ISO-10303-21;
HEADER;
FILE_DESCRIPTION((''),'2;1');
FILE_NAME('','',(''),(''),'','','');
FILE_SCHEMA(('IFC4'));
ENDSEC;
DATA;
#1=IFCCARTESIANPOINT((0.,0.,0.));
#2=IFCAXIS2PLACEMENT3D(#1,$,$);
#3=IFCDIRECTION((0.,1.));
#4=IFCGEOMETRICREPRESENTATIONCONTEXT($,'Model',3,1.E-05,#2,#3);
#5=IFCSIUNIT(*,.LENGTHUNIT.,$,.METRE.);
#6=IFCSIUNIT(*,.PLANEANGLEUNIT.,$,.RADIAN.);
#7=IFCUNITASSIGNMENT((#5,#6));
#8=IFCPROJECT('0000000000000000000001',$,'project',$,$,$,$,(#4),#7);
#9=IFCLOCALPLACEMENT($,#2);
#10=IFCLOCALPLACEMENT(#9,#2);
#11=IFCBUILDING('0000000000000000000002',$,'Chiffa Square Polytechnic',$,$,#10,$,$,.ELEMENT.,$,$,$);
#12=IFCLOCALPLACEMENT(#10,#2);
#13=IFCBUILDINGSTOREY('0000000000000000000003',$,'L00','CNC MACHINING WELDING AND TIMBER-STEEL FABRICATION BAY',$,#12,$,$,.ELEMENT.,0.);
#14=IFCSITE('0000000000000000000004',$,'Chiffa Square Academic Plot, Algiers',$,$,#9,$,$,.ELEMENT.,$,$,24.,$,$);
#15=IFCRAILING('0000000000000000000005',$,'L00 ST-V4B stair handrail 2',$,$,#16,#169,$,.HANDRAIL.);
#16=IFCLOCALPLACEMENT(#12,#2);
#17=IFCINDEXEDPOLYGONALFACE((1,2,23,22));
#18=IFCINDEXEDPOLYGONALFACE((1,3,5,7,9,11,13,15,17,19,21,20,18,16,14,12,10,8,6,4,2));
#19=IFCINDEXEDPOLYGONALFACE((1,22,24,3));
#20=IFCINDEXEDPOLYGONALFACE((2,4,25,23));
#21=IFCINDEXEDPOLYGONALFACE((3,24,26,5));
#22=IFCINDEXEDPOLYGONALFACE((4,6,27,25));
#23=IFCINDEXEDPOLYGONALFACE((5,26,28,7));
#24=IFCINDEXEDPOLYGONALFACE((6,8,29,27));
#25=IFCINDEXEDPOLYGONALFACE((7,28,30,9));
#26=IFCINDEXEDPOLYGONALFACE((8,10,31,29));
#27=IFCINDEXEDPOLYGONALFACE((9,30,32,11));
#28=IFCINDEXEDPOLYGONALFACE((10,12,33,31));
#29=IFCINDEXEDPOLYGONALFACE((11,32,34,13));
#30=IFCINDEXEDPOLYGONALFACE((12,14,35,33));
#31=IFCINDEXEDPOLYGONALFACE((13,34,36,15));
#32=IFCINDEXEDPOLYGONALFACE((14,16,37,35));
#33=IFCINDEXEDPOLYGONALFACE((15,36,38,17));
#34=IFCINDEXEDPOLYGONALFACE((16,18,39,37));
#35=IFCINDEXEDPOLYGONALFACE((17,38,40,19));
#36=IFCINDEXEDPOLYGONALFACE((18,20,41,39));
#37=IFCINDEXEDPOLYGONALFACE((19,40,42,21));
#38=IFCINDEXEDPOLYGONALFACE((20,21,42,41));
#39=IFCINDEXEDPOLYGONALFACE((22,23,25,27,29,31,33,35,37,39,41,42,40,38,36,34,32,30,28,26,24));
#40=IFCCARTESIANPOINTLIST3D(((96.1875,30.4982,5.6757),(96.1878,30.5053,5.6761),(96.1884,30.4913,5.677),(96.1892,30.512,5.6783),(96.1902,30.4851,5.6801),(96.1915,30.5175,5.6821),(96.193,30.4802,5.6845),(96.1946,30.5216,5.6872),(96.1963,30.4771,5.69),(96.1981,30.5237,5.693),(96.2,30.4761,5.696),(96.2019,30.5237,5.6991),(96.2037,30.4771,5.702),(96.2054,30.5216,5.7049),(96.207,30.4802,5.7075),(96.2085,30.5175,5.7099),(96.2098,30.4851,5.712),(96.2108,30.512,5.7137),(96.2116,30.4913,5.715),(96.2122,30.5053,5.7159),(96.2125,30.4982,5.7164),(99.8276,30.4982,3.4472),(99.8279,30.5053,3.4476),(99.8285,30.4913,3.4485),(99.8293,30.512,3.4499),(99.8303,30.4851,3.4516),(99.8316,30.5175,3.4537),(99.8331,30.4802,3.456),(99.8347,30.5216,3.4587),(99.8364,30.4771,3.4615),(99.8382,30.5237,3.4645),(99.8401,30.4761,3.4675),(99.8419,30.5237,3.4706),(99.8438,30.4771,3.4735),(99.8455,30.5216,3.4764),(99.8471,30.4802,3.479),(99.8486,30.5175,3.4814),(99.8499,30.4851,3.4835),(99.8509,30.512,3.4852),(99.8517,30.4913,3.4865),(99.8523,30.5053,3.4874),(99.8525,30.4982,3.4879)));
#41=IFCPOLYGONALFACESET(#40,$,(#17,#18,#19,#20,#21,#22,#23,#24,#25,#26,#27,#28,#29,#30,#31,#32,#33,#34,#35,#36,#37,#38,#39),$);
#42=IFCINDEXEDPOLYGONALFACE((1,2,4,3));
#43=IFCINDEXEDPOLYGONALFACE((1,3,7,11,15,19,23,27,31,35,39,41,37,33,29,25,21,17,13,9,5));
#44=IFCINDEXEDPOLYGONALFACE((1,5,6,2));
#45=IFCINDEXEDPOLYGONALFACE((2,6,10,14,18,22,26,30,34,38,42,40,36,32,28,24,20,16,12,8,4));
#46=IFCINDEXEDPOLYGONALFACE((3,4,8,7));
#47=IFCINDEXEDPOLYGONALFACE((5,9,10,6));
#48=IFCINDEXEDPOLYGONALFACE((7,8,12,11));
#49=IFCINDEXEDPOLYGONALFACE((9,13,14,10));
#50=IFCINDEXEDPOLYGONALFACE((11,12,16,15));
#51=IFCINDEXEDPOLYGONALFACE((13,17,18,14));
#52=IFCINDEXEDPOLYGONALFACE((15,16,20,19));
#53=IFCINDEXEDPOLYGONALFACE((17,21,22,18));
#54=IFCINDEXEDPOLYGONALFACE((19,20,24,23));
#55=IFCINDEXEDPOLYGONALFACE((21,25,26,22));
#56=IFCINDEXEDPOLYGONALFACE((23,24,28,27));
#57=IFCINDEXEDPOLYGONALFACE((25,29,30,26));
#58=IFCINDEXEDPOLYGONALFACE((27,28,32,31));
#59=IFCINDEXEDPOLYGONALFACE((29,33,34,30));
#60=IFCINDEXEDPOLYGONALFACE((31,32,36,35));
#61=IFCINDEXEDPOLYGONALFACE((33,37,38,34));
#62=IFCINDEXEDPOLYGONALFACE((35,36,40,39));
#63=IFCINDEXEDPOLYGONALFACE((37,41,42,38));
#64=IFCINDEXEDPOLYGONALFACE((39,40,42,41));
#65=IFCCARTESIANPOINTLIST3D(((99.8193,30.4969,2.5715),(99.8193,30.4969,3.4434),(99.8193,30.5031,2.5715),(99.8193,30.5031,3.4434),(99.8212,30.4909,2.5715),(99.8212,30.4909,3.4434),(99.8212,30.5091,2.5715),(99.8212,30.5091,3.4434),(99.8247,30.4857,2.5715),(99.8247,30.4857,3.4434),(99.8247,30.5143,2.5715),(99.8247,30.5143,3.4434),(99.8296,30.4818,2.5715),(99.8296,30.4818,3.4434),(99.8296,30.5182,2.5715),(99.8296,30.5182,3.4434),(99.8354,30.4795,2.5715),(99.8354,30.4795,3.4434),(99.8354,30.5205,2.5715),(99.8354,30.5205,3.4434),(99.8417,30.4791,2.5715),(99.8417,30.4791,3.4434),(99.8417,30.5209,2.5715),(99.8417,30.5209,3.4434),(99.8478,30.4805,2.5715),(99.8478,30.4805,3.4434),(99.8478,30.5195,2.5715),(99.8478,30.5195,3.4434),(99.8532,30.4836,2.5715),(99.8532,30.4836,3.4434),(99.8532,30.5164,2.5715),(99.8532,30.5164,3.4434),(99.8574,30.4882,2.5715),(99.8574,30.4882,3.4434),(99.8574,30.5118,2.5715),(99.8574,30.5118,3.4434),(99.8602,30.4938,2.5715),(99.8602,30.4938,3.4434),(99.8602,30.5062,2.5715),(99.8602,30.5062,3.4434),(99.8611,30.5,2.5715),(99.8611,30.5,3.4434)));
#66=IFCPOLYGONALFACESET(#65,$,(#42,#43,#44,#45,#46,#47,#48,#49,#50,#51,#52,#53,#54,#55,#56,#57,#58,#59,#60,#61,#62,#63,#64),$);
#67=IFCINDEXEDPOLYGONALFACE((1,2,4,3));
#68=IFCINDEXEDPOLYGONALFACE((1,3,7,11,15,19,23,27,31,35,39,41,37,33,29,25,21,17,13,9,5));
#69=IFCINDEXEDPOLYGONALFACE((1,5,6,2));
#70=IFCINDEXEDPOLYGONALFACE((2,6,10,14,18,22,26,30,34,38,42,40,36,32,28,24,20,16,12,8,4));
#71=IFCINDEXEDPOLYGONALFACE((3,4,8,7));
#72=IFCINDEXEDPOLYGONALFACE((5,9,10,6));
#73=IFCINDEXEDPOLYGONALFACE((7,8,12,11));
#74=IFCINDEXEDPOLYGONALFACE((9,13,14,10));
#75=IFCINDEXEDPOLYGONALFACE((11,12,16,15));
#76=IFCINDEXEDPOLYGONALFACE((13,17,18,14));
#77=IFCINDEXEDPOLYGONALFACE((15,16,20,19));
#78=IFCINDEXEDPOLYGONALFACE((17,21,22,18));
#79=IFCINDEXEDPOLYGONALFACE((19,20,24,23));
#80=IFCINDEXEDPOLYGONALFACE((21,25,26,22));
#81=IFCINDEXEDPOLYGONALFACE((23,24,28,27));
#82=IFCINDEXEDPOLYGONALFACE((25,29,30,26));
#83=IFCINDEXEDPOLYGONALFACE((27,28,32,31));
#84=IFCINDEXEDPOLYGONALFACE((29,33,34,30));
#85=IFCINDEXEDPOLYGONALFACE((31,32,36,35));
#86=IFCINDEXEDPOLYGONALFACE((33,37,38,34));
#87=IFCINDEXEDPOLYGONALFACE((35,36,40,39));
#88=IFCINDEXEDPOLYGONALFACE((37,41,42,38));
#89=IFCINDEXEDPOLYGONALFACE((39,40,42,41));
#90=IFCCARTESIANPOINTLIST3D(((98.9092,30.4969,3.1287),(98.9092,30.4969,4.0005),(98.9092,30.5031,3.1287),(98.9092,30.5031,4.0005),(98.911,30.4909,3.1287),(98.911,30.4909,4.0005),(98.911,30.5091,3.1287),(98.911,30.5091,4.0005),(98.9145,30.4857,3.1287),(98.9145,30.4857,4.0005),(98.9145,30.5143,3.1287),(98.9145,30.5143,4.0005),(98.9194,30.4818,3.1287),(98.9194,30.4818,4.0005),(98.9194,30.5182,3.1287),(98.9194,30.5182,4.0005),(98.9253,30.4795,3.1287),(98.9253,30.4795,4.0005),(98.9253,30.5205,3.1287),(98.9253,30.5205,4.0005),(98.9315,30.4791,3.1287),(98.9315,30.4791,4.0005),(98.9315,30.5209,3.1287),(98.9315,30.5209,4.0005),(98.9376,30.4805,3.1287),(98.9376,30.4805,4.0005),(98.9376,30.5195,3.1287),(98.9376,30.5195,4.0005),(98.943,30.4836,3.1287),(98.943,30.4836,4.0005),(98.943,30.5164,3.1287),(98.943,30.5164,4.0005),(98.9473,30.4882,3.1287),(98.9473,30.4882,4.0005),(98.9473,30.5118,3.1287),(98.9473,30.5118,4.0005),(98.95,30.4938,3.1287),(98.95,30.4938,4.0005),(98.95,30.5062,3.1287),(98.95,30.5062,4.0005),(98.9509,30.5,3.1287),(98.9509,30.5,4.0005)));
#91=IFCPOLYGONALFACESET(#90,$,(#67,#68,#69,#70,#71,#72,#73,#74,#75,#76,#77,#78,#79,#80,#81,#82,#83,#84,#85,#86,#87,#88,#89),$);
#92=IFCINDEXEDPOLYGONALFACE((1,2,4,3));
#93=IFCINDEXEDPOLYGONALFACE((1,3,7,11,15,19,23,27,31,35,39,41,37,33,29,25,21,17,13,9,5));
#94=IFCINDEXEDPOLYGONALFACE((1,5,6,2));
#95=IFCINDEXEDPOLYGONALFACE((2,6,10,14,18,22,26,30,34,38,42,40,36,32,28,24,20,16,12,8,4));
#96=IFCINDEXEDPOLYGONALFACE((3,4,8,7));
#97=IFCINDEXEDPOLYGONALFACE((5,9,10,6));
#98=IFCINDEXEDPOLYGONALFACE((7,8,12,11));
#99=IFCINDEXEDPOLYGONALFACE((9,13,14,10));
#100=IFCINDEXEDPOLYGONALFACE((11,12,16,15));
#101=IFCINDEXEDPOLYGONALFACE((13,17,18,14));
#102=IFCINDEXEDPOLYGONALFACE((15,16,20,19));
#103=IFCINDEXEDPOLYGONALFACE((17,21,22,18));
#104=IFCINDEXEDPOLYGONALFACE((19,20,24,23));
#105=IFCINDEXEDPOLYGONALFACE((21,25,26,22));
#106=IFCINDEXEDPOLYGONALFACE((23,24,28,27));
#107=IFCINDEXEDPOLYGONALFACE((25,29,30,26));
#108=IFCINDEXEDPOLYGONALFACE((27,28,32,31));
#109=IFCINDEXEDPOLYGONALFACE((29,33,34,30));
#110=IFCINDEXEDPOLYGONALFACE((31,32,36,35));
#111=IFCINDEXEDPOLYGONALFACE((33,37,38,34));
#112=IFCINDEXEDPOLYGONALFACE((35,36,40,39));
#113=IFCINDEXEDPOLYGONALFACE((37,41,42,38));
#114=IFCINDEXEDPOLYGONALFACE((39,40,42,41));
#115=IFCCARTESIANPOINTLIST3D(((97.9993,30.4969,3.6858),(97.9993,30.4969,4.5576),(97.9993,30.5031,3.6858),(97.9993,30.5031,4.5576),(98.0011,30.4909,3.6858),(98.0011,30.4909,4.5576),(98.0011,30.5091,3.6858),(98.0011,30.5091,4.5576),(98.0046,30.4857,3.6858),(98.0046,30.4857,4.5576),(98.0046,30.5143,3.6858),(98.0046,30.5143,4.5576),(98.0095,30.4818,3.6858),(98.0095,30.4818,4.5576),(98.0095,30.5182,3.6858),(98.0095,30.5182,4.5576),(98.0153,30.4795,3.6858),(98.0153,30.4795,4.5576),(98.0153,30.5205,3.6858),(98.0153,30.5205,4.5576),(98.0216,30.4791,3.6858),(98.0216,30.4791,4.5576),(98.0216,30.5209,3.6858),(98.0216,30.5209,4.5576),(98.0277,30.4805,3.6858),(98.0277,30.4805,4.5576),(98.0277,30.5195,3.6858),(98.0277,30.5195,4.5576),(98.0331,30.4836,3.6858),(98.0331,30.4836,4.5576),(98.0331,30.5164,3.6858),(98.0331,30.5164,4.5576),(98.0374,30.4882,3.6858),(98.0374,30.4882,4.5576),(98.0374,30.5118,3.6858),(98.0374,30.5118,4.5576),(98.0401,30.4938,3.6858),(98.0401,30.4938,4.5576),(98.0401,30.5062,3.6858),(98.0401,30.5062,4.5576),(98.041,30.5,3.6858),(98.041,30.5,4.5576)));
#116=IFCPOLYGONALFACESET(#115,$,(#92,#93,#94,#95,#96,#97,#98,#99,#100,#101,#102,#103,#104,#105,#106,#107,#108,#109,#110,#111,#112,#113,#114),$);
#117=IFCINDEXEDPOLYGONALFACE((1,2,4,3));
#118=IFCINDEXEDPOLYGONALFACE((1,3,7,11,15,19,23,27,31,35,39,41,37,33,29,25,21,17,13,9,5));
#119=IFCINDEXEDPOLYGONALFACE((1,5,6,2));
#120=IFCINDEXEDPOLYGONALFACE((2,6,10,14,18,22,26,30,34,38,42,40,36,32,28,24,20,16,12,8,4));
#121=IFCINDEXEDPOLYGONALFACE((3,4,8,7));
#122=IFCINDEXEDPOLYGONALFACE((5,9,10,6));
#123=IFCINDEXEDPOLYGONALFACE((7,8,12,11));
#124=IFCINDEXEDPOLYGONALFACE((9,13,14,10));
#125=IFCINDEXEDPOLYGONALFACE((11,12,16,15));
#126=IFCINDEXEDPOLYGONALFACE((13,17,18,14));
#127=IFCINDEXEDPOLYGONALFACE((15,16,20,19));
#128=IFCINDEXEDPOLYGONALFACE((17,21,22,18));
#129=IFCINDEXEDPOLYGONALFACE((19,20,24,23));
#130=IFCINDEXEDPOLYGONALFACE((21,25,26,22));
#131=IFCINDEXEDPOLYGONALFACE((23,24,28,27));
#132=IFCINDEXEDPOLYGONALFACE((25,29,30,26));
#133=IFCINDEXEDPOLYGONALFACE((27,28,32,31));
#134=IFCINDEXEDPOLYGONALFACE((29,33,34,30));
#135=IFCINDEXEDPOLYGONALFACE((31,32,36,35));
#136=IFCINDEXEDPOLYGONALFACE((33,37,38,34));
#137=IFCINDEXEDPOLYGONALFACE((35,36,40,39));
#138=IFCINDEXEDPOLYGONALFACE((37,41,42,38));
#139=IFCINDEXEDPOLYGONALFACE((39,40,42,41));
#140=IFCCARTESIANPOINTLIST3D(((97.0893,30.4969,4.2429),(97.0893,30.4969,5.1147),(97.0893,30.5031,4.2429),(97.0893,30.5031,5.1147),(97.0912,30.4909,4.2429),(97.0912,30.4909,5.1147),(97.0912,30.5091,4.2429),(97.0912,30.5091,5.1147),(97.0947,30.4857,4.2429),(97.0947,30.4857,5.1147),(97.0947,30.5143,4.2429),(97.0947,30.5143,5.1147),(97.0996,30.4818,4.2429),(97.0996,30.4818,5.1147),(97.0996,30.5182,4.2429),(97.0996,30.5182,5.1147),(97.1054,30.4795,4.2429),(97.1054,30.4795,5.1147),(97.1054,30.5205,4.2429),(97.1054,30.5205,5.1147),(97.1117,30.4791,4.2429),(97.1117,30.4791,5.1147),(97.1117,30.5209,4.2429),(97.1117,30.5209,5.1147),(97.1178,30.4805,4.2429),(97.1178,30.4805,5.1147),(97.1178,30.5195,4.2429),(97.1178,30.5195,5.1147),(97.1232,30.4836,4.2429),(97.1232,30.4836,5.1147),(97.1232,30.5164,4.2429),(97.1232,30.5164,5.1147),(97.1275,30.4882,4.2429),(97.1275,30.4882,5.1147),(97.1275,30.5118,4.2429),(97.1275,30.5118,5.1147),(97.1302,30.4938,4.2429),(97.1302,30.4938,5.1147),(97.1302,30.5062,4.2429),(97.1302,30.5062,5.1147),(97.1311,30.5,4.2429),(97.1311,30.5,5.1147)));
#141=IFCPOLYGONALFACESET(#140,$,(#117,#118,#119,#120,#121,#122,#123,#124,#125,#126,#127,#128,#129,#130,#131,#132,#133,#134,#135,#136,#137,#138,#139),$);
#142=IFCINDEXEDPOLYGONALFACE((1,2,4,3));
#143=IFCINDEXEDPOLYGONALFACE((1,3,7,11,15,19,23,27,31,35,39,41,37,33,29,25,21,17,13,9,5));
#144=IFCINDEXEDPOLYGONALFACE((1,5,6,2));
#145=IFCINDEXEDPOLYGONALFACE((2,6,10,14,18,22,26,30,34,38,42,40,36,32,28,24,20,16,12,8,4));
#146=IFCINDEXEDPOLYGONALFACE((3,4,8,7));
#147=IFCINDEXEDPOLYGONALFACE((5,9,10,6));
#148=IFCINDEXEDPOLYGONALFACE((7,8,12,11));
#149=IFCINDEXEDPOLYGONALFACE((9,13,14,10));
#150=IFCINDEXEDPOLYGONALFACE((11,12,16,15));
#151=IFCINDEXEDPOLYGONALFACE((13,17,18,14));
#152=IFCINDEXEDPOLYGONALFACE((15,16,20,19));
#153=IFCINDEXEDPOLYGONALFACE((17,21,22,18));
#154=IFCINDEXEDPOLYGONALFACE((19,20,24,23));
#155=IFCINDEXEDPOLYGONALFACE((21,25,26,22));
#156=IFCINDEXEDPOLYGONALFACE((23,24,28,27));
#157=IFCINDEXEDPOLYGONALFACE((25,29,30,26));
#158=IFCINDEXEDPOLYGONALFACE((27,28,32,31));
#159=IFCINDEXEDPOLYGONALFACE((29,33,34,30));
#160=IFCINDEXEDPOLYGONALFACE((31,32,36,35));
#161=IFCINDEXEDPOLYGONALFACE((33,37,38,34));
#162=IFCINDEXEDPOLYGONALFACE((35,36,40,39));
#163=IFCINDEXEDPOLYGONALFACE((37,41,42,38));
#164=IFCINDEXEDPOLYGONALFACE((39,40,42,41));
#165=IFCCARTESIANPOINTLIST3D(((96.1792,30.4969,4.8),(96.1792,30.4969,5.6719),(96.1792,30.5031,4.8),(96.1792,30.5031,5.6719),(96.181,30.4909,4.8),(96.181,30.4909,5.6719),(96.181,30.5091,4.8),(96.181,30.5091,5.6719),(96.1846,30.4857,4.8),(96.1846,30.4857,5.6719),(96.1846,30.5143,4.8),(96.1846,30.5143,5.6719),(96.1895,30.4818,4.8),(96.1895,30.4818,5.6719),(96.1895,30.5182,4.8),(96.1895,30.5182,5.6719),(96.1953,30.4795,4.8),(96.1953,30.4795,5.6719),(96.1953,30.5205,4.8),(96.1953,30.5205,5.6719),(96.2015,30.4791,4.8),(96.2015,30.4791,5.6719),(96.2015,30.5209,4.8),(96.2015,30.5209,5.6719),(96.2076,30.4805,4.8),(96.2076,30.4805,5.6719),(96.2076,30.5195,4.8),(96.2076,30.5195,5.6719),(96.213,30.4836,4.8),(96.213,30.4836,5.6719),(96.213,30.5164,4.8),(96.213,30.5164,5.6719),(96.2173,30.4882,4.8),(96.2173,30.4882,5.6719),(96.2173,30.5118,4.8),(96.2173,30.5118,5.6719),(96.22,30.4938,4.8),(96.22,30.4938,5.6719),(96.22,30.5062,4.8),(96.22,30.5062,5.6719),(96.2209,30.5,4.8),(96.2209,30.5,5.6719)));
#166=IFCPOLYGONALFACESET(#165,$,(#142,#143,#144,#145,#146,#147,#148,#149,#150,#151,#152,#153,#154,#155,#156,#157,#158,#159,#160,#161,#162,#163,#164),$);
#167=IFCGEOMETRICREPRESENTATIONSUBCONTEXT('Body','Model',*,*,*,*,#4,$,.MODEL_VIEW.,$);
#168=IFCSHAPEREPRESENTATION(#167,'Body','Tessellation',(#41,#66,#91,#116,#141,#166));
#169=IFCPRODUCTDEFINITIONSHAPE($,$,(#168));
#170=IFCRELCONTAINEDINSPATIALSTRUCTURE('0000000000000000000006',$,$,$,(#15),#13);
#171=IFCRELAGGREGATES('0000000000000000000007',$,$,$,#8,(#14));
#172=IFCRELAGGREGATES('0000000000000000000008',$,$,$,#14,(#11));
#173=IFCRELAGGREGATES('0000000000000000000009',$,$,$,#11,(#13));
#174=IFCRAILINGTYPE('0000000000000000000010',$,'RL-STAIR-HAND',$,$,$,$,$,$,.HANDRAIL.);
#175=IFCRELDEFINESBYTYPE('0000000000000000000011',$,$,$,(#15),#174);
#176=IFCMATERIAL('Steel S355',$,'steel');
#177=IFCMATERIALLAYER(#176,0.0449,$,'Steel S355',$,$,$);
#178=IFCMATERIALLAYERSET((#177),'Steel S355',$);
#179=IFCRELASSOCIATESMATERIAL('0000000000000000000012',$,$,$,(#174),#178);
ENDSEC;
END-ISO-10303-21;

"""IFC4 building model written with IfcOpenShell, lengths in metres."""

from ifc_helpers import new_model, si_unit, direction, frame, origin, origin_2d, place, context, subcontext, project, spatial, circle, extrude, material, layer, layer_set, type_object, element, save


model = new_model("IFC4")

# Units and contexts
model_context = context("Model", 3, precision=1e-05, world=origin(), true_north=direction((0.0, 1.0)))
body_context = subcontext(model_context, "Body", "Model", "MODEL_VIEW")
ifc_project = project(units=[si_unit("LENGTHUNIT", "METRE"), si_unit("PLANEANGLEUNIT", "RADIAN")], contexts=[model_context])

# Site, building, storey
site_placement = place(None, origin())
site = spatial("IfcSite", under=ifc_project, at=site_placement, Name="Chiffa Square Academic Plot, Algiers", CompositionType="ELEMENT", RefElevation=24.0)
building_placement = place(site_placement, origin())
building = spatial("IfcBuilding", under=site, at=building_placement, Name="Chiffa Square Polytechnic", CompositionType="ELEMENT")
storey_placement = place(building_placement, origin())
storey = spatial("IfcBuildingStorey", under=building, at=storey_placement, Name="L00", Description="CNC MACHINING WELDING AND TIMBER-STEEL FABRICATION BAY", CompositionType="ELEMENT", Elevation=0.0)

# Railing
ifc_material_1 = material(Name="Steel S355", Category="steel")
ifc_layer_1 = layer(ifc_material_1, 0.0449, Name="Steel S355")
ifc_layer_set_1 = layer_set([ifc_layer_1], Name="Steel S355")
railing_type_1 = type_object("IfcRailingType", Name="RL-STAIR-HAND", PredefinedType="HANDRAIL", material=ifc_layer_set_1)
railing_1_placement = place(storey_placement, frame((99.8401, 30.5, 2.5715)))
element("IfcRailing", 1, at=railing_1_placement, inside=storey, type_object=railing_type_1, Name="L00 ST-V4B stair handrail 2", PredefinedType="HANDRAIL", context=body_context, shape_type="SweptSolid", body=[
    extrude(circle(Radius=0.0239, at=origin_2d()), frame((0.0, 0.0, 0.896), z_axis=(-0.852866, 0.0, 0.52213), x_axis=(0.0, -1.0, 0.0)), (0.0, 0.0, 1.0), 4.2681),
    extrude(circle(Radius=0.021, at=origin_2d()), origin(), (0.0, 0.0, 1.0), 0.8718),
    extrude(circle(Radius=0.021, at=origin_2d()), frame((-0.9102, 0.0, 0.5571)), (0.0, 0.0, 1.0), 0.8718),
    extrude(circle(Radius=0.021, at=origin_2d()), frame((-1.8201, 0.0, 1.1143)), (0.0, 0.0, 1.0), 0.8718),
    extrude(circle(Radius=0.021, at=origin_2d()), frame((-2.73, 0.0, 1.6714)), (0.0, 0.0, 1.0), 0.8718),
    extrude(circle(Radius=0.021, at=origin_2d()), frame((-3.6401, 0.0, 2.2285)), (0.0, 0.0, 1.0), 0.8718),
])

save(model, "model.ifc")
